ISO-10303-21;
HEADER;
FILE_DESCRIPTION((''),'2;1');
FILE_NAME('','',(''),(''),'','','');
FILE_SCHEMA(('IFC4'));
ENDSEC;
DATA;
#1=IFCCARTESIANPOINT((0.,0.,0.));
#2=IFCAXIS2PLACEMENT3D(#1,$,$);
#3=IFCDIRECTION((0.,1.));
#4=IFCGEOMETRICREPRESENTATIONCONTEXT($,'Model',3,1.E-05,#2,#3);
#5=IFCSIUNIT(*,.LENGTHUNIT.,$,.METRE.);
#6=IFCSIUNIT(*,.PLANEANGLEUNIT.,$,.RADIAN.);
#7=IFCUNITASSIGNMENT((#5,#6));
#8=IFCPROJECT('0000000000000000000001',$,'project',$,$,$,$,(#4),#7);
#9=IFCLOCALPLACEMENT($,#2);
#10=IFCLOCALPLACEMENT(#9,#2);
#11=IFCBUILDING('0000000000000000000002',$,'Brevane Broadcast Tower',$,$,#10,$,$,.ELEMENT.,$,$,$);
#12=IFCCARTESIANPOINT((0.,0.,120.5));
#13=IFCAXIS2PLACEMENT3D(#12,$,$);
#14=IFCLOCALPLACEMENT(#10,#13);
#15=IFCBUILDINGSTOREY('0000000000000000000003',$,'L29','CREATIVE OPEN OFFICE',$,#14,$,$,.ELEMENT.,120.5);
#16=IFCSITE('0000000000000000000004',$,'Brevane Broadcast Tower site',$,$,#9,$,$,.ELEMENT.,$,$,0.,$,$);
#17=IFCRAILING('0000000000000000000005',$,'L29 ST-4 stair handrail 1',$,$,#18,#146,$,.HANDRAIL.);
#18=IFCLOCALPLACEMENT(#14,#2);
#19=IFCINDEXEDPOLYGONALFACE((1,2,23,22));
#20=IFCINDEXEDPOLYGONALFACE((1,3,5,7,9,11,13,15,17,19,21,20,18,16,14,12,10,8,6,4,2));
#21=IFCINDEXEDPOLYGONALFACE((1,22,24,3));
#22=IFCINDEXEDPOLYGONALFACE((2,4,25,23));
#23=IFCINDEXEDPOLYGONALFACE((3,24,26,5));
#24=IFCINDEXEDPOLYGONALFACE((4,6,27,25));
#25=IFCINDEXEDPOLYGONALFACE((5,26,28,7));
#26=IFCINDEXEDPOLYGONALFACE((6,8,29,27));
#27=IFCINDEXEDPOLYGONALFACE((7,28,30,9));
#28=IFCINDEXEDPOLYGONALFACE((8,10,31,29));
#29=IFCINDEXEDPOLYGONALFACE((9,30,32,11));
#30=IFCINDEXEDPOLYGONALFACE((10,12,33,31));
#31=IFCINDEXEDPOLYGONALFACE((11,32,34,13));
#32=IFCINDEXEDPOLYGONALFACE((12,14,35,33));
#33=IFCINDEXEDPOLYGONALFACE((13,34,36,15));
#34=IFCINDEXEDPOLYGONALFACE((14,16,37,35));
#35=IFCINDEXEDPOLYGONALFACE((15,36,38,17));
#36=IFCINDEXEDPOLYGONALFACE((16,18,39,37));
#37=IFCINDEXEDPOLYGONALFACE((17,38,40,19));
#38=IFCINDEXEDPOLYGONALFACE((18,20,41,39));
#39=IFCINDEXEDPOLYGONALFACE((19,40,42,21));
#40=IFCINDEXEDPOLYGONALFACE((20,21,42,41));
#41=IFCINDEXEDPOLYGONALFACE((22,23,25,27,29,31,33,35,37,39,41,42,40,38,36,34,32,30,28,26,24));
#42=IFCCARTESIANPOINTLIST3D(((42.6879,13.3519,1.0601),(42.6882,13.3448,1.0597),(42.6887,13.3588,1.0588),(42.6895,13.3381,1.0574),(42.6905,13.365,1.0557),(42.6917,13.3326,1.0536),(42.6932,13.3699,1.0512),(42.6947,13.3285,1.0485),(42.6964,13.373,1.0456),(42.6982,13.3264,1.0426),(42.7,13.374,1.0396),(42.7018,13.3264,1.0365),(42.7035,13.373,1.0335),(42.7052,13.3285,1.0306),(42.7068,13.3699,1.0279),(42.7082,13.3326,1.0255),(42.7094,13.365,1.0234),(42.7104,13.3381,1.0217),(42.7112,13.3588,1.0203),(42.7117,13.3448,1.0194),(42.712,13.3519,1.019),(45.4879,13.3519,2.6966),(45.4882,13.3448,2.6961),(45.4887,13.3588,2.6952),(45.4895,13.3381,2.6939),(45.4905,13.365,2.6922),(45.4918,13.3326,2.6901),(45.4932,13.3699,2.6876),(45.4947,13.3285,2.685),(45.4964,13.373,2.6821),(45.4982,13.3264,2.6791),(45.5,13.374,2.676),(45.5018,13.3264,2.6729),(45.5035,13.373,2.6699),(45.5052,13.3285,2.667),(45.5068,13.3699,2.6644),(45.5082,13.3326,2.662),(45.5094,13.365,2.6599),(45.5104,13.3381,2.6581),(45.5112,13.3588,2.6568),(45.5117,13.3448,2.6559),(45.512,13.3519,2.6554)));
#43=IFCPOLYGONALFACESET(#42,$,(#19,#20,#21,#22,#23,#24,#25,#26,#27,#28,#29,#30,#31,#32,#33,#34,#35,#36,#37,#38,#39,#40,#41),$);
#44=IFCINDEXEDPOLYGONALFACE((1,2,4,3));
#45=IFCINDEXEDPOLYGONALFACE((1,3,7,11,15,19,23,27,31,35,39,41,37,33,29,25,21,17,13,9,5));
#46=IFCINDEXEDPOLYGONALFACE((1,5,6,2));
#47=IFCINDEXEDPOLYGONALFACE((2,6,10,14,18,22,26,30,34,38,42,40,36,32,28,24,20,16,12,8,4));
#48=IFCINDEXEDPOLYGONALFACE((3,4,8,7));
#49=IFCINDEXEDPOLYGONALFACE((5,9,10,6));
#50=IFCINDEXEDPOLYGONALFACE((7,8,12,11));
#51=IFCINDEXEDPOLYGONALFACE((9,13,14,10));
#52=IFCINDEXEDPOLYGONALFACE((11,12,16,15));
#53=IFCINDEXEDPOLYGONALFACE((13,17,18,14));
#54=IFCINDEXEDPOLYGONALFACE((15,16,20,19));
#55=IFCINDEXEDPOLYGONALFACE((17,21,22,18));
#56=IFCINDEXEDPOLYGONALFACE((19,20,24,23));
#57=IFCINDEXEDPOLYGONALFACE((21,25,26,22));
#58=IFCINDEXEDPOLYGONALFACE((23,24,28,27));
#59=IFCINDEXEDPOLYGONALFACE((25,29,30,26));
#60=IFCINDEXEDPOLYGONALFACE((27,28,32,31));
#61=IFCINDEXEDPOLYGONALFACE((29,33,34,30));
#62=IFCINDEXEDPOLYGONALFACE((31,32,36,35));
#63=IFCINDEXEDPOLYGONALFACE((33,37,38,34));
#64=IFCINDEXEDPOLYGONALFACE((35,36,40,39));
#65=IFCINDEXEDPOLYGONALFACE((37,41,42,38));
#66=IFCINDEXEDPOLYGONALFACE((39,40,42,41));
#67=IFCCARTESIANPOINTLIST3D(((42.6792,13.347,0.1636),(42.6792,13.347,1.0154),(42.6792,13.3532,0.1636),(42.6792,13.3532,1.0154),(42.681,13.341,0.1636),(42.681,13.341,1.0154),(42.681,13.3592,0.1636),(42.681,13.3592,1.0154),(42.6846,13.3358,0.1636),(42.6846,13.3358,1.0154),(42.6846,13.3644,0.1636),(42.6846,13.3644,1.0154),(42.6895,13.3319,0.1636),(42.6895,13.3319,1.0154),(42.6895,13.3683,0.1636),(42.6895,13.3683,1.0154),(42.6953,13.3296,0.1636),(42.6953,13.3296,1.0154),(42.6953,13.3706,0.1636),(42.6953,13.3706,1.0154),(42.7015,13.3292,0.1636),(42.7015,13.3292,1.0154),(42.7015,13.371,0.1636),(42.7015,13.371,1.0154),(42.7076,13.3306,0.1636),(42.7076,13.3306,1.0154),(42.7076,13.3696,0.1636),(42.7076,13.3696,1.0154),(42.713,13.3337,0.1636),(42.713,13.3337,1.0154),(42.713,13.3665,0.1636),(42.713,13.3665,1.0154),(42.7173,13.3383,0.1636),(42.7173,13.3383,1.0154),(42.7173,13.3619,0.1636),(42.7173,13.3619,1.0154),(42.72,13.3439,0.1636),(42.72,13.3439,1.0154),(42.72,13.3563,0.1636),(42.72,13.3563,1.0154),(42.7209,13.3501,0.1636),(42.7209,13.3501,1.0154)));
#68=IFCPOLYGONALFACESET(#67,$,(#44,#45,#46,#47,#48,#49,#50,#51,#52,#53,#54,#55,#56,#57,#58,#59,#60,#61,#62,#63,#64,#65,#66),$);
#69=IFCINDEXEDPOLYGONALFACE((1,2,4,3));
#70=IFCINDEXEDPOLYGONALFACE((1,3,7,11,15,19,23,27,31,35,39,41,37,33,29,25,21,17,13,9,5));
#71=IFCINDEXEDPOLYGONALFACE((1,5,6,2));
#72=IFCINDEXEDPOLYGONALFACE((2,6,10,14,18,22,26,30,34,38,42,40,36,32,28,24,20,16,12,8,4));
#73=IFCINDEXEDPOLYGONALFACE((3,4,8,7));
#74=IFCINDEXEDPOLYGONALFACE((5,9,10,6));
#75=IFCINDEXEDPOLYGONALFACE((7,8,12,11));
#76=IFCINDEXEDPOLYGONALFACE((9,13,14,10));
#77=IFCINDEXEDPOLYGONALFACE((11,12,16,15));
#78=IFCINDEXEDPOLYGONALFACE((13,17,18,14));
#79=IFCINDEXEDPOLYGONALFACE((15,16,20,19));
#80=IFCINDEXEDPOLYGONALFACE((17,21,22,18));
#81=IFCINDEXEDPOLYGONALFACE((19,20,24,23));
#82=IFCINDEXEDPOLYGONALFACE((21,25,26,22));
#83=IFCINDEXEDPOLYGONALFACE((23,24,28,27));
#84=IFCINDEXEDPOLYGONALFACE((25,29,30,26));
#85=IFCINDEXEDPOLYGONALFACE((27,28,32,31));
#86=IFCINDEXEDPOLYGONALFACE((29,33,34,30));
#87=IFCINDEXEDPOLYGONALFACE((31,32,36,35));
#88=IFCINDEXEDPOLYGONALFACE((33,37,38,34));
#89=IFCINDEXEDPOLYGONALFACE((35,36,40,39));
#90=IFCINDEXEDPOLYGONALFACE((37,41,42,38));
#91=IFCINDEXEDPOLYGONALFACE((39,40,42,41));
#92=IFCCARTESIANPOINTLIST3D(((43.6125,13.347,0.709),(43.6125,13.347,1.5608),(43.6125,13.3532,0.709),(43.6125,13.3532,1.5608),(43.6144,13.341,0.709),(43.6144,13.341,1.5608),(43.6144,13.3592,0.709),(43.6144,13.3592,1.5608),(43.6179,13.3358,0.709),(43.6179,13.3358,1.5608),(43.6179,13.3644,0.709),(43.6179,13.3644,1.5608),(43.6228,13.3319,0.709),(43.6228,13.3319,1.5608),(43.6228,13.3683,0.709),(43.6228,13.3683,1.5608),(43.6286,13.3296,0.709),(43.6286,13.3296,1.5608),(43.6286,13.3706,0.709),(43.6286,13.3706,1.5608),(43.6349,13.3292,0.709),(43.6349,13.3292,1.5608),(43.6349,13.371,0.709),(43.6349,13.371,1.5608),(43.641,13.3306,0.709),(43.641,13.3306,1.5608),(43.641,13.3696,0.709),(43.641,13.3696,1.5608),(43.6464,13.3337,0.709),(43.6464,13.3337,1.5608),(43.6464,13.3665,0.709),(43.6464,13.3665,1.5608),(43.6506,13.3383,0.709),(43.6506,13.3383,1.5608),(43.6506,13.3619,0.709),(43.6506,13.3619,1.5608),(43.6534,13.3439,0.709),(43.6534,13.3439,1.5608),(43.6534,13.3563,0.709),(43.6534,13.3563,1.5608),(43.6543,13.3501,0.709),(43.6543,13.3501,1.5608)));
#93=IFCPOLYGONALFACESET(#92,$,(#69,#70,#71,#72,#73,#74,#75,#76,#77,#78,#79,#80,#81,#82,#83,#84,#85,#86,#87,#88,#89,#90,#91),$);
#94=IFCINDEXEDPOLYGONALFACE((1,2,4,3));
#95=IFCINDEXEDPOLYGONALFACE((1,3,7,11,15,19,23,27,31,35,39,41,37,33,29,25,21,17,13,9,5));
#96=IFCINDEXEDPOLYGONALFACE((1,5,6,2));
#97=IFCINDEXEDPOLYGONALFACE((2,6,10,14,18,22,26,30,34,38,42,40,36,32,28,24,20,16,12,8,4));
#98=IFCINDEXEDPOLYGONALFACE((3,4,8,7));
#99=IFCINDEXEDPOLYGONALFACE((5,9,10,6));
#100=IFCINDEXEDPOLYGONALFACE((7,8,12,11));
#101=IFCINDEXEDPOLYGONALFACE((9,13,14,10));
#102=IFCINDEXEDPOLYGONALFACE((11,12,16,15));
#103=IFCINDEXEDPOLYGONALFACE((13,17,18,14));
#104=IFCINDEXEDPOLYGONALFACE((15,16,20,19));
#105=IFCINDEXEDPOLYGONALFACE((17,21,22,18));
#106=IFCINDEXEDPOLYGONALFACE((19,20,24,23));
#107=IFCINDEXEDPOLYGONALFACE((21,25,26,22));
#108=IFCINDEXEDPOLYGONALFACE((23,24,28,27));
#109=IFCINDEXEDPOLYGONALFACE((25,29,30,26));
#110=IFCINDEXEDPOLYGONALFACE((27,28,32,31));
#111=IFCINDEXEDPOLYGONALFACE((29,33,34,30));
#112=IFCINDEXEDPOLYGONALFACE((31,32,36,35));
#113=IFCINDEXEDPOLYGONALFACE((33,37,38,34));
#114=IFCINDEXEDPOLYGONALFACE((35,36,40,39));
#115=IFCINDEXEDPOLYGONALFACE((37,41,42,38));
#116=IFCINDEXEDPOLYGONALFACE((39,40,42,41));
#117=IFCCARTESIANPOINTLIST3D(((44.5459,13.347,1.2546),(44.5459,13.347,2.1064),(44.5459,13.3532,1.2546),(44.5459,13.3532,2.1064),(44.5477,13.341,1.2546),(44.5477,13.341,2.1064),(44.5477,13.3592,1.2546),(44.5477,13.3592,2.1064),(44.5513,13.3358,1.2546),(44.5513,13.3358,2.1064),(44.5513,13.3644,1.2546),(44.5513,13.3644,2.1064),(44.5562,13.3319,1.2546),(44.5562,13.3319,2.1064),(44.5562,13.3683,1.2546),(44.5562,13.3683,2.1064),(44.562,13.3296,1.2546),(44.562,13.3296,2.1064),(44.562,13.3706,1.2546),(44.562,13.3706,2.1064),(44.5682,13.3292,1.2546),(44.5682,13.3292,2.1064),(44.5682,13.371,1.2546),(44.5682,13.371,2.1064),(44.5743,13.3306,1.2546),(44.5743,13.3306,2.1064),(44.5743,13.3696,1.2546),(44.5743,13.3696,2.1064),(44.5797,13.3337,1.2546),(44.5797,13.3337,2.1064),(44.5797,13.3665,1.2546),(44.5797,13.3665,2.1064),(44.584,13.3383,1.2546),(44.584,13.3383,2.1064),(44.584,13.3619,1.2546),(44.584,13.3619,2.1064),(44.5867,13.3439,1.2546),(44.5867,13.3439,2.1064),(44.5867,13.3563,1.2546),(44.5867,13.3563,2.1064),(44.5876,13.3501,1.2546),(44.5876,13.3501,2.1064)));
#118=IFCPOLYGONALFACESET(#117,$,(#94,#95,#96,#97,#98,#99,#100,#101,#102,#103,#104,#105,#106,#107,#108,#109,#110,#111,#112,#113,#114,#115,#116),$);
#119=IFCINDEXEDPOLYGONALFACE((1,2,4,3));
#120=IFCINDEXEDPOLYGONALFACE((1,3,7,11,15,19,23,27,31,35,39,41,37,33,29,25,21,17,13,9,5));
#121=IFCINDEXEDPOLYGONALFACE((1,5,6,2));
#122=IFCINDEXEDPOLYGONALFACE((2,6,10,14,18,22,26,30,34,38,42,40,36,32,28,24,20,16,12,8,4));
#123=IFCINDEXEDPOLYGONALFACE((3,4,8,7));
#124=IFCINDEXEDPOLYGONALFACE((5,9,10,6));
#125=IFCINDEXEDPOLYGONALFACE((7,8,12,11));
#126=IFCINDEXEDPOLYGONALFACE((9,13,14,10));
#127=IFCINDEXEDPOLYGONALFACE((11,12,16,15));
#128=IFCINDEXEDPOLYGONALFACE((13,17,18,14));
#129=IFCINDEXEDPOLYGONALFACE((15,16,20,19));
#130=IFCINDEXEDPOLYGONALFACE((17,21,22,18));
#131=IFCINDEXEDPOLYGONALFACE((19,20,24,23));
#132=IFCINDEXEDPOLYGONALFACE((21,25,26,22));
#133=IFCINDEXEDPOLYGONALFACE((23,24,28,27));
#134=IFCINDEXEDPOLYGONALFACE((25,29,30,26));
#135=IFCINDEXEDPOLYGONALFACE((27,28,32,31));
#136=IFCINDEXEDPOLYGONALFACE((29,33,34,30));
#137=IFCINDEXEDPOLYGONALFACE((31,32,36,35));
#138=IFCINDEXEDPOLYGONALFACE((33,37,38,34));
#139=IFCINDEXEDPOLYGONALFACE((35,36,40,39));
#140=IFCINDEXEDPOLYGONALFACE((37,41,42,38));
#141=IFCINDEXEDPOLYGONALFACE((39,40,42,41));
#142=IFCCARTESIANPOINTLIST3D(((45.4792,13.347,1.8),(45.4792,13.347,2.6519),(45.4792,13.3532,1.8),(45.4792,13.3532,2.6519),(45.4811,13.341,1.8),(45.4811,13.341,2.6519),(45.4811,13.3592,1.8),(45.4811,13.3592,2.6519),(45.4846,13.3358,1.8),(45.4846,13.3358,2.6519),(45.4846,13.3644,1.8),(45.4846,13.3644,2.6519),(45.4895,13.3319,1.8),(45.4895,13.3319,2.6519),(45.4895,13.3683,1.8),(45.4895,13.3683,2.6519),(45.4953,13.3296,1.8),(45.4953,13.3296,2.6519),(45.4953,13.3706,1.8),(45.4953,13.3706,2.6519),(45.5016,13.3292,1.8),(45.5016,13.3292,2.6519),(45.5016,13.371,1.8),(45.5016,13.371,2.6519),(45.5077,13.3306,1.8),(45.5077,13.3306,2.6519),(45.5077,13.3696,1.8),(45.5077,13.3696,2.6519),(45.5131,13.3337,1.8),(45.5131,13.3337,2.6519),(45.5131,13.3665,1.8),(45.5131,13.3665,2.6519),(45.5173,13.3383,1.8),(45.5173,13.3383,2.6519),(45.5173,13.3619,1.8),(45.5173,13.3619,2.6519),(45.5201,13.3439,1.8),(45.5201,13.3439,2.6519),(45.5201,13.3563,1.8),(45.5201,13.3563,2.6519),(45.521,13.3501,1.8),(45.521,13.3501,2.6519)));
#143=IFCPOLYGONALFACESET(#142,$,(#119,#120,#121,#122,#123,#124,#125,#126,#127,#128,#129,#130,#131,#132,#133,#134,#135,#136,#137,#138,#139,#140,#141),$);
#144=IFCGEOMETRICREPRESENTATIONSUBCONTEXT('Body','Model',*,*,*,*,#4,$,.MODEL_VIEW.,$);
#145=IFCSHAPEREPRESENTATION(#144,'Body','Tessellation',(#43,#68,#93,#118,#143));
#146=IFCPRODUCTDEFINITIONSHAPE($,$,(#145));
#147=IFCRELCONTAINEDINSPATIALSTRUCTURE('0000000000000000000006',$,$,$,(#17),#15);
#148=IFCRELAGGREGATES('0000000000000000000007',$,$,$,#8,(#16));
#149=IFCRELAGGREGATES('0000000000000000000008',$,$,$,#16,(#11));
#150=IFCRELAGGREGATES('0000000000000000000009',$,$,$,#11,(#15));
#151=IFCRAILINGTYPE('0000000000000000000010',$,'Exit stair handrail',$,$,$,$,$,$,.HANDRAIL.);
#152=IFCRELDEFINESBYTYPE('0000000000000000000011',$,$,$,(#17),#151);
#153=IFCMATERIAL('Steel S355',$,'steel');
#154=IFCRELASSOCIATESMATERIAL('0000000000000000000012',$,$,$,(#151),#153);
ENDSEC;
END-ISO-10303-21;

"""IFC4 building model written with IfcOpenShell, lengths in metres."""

from ifc_helpers import new_model, si_unit, direction, frame, origin, origin_2d, place, context, subcontext, project, spatial, circle, extrude, material, type_object, element, save


model = new_model("IFC4")

# Units and contexts
model_context = context("Model", 3, precision=1e-05, world=origin(), true_north=direction((0.0, 1.0)))
body_context = subcontext(model_context, "Body", "Model", "MODEL_VIEW")
ifc_project = project(units=[si_unit("LENGTHUNIT", "METRE"), si_unit("PLANEANGLEUNIT", "RADIAN")], contexts=[model_context])

# Site, building, storey
site_placement = place(None, origin())
site = spatial("IfcSite", under=ifc_project, at=site_placement, Name="Brevane Broadcast Tower site", CompositionType="ELEMENT", RefElevation=0.0)
building_placement = place(site_placement, origin())
building = spatial("IfcBuilding", under=site, at=building_placement, Name="Brevane Broadcast Tower", CompositionType="ELEMENT")
storey_placement = place(building_placement, frame((0.0, 0.0, 120.5)))
storey = spatial("IfcBuildingStorey", under=building, at=storey_placement, Name="L29", Description="CREATIVE OPEN OFFICE", CompositionType="ELEMENT", Elevation=120.5)

# Railing
ifc_material_1 = material(Name="Steel S355", Category="steel")
railing_type_1 = type_object("IfcRailingType", Name="Exit stair handrail", PredefinedType="HANDRAIL", material=ifc_material_1)
railing_1_placement = place(storey_placement, frame((42.7, 13.3501, 0.1636)))
element("IfcRailing", 1, at=railing_1_placement, inside=storey, type_object=railing_type_1, Name="L29 ST-4 stair handrail 1", PredefinedType="HANDRAIL", context=body_context, shape_type="SweptSolid", body=[
    extrude(circle(Radius=0.0239, at=origin_2d()), frame((0.0, 0.0, 0.876), z_axis=(0.863361, 0.0, 0.504587), x_axis=(0.0, 1.0, 0.0)), (0.0, 0.0, 1.0), 3.2432),
    extrude(circle(Radius=0.021, at=origin_2d()), origin(), (0.0, 0.0, 1.0), 0.8518),
    extrude(circle(Radius=0.021, at=origin_2d()), frame((0.9333, 0.0, 0.5454)), (0.0, 0.0, 1.0), 0.8518),
    extrude(circle(Radius=0.021, at=origin_2d()), frame((1.8667, 0.0, 1.0911)), (0.0, 0.0, 1.0), 0.8518),
    extrude(circle(Radius=0.021, at=origin_2d()), frame((2.8, 0.0, 1.6365)), (0.0, 0.0, 1.0), 0.8518),
])

save(model, "model.ifc")
